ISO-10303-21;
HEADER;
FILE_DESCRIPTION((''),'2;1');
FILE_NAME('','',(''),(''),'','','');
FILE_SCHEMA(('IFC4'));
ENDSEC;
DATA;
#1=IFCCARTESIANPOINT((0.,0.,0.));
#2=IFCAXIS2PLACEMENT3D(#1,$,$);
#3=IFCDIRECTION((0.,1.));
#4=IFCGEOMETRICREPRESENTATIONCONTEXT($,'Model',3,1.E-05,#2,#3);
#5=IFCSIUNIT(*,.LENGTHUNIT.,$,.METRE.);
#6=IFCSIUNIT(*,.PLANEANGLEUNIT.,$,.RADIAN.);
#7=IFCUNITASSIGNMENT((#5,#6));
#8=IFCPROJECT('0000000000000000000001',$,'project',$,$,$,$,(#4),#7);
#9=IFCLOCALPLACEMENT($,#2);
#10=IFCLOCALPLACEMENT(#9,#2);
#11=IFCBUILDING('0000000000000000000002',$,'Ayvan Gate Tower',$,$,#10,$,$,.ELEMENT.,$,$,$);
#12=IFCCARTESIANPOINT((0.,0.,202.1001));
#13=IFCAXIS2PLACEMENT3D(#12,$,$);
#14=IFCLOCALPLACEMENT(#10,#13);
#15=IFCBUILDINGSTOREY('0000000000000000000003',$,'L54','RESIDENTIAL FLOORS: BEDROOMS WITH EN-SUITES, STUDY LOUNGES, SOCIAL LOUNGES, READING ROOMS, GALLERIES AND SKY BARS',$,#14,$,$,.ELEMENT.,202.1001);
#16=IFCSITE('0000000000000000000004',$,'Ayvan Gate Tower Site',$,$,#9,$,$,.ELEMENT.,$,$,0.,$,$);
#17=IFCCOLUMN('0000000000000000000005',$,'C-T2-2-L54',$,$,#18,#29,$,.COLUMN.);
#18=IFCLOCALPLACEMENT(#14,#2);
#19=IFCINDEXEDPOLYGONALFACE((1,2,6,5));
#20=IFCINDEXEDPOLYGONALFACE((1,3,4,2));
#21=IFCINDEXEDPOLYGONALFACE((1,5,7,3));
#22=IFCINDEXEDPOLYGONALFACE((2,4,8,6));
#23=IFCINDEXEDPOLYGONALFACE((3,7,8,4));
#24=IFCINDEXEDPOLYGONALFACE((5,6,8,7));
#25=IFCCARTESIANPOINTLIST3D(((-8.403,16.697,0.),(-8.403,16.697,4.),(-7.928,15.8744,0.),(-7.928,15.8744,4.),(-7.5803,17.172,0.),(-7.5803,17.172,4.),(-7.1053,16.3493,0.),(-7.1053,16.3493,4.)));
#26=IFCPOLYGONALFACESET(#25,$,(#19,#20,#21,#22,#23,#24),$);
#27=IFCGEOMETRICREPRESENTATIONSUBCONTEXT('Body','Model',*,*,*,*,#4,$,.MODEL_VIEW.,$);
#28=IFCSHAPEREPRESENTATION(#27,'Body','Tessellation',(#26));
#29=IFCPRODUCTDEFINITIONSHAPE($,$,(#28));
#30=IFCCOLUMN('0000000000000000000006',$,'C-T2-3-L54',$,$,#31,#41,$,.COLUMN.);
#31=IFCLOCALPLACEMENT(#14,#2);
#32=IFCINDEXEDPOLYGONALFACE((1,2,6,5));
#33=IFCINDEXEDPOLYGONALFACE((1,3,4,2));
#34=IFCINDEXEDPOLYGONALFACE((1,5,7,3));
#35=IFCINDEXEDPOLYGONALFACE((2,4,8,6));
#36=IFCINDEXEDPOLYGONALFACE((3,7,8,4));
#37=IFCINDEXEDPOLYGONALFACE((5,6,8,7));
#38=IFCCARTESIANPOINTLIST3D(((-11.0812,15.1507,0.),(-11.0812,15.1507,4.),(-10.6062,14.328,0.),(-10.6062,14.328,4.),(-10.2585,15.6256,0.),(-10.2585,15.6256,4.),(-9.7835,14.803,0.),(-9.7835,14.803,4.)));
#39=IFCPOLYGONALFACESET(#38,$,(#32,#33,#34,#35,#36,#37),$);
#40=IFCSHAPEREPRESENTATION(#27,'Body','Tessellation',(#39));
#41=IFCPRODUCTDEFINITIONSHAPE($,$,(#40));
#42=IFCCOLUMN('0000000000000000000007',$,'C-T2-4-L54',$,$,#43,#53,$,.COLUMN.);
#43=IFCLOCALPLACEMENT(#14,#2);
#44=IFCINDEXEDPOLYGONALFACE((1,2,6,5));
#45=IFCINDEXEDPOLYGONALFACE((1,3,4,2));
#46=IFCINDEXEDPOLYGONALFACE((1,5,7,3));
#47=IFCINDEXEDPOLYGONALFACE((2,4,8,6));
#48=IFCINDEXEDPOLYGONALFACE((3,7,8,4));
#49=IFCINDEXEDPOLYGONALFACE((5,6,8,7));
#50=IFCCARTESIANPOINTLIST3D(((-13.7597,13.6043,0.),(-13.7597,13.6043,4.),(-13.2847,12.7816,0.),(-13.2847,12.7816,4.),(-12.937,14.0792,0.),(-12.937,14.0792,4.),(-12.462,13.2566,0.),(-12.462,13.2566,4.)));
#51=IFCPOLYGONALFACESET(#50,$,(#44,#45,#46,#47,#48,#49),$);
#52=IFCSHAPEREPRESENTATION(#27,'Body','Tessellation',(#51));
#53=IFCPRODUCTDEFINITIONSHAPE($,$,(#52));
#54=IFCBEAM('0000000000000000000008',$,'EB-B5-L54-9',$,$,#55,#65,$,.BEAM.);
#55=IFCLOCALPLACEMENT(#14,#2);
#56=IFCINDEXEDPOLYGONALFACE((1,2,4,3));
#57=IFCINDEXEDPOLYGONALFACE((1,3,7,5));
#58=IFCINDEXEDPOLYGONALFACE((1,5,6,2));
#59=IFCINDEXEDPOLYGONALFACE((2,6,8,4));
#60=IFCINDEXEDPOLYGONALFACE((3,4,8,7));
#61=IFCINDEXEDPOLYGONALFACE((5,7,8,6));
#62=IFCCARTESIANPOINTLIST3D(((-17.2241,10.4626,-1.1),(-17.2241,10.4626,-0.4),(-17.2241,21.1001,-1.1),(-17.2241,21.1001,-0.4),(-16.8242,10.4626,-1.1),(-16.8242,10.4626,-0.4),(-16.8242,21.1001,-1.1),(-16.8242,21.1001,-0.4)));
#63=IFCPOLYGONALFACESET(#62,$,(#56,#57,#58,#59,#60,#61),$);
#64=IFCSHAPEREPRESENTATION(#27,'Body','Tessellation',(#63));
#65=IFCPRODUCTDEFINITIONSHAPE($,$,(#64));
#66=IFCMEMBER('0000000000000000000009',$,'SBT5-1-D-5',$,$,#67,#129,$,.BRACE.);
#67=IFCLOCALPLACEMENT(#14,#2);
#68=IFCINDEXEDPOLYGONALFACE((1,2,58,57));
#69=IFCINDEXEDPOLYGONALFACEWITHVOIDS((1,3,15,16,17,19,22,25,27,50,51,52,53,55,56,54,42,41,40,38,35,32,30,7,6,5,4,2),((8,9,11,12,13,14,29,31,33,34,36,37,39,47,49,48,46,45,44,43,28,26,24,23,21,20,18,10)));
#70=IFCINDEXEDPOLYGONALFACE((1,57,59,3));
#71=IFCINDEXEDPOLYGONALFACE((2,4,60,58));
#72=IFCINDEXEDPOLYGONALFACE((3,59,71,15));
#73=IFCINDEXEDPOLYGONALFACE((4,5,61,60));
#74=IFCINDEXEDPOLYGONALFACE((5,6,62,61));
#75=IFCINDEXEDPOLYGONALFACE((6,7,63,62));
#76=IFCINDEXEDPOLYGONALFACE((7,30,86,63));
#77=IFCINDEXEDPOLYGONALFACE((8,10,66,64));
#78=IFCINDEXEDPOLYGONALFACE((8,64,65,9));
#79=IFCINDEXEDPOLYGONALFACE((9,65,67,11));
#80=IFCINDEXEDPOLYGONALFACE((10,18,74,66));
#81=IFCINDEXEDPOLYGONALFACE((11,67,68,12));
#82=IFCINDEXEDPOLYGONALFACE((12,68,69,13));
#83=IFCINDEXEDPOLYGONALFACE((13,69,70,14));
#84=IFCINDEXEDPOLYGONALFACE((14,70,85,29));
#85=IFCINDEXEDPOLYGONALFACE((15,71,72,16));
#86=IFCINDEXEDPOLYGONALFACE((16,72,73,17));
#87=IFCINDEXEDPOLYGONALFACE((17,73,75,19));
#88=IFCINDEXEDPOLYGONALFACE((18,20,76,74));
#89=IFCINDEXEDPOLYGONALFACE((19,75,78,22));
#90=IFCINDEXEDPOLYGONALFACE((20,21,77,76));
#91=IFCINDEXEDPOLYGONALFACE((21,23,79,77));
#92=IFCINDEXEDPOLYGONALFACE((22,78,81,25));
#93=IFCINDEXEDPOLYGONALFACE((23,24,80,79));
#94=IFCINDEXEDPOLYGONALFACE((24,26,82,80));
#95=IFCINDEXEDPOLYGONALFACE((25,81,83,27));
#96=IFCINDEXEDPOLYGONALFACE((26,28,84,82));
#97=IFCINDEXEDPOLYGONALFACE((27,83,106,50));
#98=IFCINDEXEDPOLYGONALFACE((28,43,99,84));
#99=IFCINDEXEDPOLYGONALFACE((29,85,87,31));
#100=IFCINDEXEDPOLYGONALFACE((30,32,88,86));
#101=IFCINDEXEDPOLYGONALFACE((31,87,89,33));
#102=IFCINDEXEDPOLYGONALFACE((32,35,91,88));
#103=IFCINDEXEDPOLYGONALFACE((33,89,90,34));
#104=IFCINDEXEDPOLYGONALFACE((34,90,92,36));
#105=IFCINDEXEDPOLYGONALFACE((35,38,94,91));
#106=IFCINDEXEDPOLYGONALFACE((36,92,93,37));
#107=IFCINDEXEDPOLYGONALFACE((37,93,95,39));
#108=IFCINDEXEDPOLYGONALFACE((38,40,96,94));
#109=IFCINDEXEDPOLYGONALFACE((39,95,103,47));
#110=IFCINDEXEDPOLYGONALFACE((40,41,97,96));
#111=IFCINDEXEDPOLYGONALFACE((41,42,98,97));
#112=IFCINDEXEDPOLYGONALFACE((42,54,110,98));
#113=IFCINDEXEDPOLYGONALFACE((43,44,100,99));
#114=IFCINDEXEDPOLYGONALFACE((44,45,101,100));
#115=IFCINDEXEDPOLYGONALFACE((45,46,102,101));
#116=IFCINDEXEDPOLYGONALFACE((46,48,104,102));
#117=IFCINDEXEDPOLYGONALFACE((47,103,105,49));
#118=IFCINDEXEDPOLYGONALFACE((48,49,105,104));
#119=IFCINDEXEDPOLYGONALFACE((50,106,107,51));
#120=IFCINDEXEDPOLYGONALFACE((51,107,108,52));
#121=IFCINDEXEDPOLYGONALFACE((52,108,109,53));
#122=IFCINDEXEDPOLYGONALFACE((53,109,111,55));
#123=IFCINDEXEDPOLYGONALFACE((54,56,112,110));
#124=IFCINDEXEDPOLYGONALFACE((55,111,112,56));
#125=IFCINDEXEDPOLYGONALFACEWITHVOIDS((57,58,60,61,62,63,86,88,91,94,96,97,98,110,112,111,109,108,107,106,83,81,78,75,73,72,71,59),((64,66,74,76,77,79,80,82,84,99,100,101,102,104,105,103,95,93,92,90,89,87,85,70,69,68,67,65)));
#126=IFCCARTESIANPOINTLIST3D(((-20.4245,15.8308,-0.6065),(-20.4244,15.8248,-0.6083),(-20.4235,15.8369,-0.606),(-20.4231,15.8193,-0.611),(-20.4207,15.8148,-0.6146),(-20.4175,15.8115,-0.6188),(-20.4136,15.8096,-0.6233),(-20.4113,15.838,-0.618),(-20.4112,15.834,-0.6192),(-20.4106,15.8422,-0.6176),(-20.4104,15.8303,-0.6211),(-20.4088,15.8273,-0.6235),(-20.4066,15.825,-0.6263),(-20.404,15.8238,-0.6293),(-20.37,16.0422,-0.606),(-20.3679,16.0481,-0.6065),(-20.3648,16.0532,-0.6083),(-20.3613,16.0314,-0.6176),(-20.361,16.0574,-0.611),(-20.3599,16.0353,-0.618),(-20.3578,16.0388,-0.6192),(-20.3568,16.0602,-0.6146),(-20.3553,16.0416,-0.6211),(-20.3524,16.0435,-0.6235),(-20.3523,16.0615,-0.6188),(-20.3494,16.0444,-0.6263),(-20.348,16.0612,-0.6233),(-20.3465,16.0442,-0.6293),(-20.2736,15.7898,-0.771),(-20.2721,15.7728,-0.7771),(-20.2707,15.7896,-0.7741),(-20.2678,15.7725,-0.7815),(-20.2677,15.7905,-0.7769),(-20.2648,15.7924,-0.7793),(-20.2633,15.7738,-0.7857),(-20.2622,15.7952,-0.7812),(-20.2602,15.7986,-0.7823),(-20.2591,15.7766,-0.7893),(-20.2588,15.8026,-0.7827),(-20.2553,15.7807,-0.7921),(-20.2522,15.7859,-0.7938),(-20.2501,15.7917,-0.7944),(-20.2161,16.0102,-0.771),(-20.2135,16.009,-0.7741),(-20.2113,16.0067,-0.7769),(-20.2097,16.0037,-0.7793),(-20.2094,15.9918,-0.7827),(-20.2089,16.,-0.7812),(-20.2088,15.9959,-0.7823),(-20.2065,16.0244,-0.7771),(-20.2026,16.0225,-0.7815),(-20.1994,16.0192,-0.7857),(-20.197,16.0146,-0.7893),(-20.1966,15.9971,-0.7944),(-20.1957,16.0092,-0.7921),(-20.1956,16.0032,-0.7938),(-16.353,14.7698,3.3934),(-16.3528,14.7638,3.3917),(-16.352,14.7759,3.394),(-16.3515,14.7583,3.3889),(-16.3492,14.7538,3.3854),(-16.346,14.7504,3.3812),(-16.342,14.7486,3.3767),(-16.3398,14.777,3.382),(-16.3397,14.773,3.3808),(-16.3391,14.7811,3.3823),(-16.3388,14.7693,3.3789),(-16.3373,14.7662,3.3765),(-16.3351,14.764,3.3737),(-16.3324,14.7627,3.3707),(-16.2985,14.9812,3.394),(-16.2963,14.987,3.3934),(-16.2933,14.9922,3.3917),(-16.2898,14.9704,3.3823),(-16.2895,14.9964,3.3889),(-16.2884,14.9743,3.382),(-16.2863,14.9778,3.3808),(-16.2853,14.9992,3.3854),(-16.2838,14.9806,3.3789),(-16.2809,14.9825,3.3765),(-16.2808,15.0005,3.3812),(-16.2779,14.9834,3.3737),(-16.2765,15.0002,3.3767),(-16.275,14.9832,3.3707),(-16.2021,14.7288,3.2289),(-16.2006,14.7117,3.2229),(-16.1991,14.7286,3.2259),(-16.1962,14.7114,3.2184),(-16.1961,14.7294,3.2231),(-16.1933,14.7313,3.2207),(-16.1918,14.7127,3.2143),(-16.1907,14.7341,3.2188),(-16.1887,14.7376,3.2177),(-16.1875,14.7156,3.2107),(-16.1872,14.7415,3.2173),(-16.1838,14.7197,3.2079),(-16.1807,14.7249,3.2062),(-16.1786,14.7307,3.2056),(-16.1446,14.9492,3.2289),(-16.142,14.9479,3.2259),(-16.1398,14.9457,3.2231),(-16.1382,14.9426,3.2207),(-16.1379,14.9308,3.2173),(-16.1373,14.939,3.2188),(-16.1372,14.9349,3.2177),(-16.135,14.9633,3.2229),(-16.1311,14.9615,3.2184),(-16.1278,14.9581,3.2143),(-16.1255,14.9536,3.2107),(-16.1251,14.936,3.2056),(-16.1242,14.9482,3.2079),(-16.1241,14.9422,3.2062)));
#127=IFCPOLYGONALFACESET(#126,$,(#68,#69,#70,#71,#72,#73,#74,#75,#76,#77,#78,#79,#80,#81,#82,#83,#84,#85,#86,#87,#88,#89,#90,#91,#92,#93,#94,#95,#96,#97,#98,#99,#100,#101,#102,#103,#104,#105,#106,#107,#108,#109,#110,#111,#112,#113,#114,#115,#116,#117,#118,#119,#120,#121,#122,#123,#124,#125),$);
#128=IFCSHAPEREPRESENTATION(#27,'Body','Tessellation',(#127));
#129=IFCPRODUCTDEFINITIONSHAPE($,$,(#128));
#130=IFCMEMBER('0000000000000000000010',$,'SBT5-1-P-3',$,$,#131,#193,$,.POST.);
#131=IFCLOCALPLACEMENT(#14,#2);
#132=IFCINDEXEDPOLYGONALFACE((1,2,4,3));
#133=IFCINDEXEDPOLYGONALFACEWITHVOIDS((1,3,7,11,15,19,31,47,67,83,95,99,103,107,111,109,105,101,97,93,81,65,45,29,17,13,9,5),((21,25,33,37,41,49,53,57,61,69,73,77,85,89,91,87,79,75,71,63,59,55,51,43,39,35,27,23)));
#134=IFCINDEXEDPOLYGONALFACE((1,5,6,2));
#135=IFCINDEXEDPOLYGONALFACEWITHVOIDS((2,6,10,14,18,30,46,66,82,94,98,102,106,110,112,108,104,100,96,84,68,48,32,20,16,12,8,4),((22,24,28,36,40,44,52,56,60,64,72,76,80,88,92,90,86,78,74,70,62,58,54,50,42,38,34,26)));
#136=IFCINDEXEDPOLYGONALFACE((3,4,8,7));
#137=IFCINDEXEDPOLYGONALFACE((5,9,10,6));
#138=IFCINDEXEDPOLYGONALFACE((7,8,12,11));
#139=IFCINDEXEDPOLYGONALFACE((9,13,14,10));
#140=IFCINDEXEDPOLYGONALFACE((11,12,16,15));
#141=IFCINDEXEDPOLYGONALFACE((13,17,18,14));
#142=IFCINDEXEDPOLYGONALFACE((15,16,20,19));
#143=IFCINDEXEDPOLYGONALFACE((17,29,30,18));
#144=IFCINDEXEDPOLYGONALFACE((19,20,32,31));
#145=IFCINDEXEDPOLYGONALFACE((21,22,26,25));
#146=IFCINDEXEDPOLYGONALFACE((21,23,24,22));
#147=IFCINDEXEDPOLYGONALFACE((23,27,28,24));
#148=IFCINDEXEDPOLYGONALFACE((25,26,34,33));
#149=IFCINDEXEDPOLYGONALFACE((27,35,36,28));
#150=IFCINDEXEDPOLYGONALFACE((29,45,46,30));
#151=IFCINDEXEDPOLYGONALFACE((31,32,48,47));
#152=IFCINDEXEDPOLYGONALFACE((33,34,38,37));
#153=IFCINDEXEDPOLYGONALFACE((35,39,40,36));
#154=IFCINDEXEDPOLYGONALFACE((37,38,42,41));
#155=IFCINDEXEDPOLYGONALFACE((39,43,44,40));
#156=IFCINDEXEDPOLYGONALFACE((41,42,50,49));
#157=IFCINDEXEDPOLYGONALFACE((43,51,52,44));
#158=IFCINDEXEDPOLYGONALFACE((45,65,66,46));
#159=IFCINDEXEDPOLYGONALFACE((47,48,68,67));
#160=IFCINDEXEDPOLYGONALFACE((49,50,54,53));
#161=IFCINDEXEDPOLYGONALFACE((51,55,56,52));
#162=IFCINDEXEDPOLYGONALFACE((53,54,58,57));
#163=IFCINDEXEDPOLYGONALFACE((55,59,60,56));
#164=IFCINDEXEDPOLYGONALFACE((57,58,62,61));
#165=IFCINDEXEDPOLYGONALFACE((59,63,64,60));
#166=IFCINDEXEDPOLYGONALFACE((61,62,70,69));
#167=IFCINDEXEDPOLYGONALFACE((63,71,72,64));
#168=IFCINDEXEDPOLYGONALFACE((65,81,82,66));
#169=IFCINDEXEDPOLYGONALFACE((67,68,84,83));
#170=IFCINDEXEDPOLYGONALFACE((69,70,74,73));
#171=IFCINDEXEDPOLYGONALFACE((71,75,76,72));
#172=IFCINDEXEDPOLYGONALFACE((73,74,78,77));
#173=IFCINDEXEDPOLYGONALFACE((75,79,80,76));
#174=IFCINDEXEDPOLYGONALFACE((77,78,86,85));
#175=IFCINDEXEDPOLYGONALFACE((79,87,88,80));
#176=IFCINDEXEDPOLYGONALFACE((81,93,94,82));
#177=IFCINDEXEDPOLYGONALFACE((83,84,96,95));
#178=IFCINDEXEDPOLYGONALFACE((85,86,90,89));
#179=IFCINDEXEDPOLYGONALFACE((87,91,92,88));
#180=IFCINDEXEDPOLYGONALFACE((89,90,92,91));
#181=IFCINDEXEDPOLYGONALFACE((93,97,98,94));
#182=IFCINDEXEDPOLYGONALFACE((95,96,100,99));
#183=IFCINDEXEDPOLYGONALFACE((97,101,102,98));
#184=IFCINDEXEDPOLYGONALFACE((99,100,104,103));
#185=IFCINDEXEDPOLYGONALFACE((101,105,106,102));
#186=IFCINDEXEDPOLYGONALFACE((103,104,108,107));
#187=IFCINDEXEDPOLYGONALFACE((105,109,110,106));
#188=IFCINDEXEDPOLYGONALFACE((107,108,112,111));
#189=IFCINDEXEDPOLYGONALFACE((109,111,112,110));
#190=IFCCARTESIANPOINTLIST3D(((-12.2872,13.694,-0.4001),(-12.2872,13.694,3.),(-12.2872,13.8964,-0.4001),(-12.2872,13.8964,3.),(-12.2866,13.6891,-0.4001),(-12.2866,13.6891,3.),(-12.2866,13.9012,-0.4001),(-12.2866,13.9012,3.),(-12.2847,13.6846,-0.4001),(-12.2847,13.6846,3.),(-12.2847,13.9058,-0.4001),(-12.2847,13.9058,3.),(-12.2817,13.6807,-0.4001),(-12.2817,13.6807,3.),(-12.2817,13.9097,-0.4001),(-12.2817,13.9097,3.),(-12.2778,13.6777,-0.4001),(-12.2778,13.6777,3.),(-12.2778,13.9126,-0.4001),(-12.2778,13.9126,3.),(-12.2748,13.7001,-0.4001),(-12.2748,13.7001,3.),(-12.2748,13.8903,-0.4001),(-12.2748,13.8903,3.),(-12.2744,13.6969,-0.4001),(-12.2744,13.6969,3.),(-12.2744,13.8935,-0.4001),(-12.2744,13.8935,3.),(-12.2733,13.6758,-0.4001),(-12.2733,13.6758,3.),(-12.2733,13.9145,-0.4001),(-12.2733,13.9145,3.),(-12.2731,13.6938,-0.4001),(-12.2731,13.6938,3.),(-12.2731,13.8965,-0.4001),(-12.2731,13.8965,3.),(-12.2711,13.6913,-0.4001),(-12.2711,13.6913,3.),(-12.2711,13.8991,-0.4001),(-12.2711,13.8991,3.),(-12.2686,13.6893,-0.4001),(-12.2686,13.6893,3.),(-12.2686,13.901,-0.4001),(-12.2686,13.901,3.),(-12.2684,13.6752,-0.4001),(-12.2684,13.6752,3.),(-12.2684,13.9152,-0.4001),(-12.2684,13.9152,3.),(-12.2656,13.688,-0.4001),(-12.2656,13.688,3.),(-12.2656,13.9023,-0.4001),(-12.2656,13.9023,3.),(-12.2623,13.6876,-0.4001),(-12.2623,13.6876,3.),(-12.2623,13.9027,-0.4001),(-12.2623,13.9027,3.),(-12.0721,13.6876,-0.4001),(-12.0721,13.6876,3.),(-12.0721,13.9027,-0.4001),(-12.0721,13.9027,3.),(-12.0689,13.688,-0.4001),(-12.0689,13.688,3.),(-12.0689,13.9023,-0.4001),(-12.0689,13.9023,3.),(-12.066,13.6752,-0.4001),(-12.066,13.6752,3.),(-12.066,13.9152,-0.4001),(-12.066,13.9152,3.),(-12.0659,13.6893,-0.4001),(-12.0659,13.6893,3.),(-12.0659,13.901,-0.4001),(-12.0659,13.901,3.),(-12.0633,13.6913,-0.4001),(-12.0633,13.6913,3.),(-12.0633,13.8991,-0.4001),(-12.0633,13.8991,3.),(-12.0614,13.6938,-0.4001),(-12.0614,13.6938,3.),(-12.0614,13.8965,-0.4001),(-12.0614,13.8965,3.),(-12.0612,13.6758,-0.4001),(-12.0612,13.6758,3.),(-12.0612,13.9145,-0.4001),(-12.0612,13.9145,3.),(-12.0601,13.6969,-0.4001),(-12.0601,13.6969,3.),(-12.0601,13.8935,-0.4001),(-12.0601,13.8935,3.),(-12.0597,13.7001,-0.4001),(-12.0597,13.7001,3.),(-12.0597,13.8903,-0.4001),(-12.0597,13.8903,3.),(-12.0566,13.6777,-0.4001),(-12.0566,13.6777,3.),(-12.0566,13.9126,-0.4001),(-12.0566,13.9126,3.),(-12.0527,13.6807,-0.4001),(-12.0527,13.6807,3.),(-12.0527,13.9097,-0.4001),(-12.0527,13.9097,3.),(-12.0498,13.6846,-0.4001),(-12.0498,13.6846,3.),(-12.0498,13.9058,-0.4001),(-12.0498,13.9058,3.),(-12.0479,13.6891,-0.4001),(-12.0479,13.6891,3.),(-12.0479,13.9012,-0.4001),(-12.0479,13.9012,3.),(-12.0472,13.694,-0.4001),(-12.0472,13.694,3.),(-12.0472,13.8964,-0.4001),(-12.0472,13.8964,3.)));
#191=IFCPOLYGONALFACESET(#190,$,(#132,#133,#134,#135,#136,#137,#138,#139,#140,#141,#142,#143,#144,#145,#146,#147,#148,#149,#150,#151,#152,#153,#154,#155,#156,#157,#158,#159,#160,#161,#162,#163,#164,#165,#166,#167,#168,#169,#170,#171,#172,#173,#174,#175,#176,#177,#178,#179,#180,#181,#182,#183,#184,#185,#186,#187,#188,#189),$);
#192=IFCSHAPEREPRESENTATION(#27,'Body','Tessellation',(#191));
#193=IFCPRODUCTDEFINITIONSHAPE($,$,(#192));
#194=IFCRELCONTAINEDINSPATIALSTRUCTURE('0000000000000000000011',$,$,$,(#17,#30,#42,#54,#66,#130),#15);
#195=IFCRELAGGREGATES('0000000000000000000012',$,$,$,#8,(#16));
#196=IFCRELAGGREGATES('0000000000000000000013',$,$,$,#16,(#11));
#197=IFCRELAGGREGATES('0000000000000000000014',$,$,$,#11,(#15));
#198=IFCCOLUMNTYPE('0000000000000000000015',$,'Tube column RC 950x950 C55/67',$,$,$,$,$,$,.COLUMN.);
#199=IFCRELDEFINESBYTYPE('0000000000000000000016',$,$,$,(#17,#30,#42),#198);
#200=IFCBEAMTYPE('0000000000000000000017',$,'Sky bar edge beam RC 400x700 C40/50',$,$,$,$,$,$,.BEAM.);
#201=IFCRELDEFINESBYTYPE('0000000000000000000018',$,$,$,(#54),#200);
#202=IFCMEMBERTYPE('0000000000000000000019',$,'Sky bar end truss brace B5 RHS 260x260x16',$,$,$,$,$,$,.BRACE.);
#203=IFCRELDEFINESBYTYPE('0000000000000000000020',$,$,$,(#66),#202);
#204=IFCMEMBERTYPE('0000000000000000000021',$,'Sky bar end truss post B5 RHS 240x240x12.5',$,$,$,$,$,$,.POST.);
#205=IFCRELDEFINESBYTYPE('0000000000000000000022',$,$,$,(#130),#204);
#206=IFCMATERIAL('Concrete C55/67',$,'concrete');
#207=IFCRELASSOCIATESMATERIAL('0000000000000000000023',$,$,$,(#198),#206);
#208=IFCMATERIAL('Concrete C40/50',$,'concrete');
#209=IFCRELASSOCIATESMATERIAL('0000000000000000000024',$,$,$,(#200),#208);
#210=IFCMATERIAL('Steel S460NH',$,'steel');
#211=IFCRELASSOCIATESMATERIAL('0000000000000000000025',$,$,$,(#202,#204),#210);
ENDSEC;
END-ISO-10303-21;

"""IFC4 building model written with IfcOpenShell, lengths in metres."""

from ifc_helpers import new_model, si_unit, direction, frame, origin, origin_2d, place, context, subcontext, project, spatial, rectangle, hollow_rectangle, extrude, material, material_profile, profile_set, type_object, element, save


model = new_model("IFC4")

# Units and contexts
model_context = context("Model", 3, precision=1e-05, world=origin(), true_north=direction((0.0, 1.0)))
body_context = subcontext(model_context, "Body", "Model", "MODEL_VIEW")
ifc_project = project(units=[si_unit("LENGTHUNIT", "METRE"), si_unit("PLANEANGLEUNIT", "RADIAN")], contexts=[model_context])

# Site, building, storey
site_placement = place(None, origin())
site = spatial("IfcSite", under=ifc_project, at=site_placement, Name="Ayvan Gate Tower Site", CompositionType="ELEMENT", RefElevation=0.0)
building_placement = place(site_placement, origin())
building = spatial("IfcBuilding", under=site, at=building_placement, Name="Ayvan Gate Tower", CompositionType="ELEMENT")
storey_placement = place(building_placement, frame((0.0, 0.0, 202.1001)))
storey = spatial("IfcBuildingStorey", under=building, at=storey_placement, Name="L54", Description="RESIDENTIAL FLOORS: BEDROOMS WITH EN-SUITES, STUDY LOUNGES, SOCIAL LOUNGES, READING ROOMS, GALLERIES AND SKY BARS", CompositionType="ELEMENT", Elevation=202.1001)

# Columns
ifc_material_1 = material(Name="Concrete C55/67", Category="concrete")
ifc_material_profile_1 = material_profile(ifc_material_1, rectangle(XDim=0.95, YDim=0.95, at=origin_2d()), Name="RC 950x950")
ifc_profile_set_1 = profile_set([ifc_material_profile_1], Name="Concrete C55/67")
column_type = type_object("IfcColumnType", Name="Tube column RC 950x950 C55/67", PredefinedType="COLUMN", material=ifc_profile_set_1)
for number, where, z_axis, x_axis, name in (
    (1, (-7.7542, 16.5232, 0.0), (0.0, 0.0, 1.0), (-0.5, 0.866025, 0.0), "C-T2-2-L54"),
    (2, (-10.4324, 14.9768, 0.0), (0.0, 0.0, 1.0), (-0.5, 0.866025, 0.0), "C-T2-3-L54"),
    (3, (-13.1108, 13.4304, 0.0), (0.0, 0.0, 1.0), (-0.5, 0.866025, 0.0), "C-T2-4-L54"),
):
    element("IfcColumn", number, at=place(storey_placement, frame(where, z_axis=z_axis, x_axis=x_axis)), inside=storey, type_object=column_type, Name=name, PredefinedType="COLUMN", context=body_context, shape_type="SweptSolid", body=[
        extrude(rectangle(XDim=0.95, YDim=0.95, at=origin_2d()), origin(), (0.0, 0.0, 1.0), 4.0),
    ])

# Beam
ifc_material_2 = material(Name="Concrete C40/50", Category="concrete")
ifc_material_profile_2 = material_profile(ifc_material_2, rectangle(XDim=0.3999, YDim=0.7, at=origin_2d()), Name="RC 400x700")
ifc_profile_set_2 = profile_set([ifc_material_profile_2], Name="Concrete C40/50")
beam_type_1 = type_object("IfcBeamType", Name="Sky bar edge beam RC 400x700 C40/50", PredefinedType="BEAM", material=ifc_profile_set_2)
beam_1_placement = place(storey_placement, frame((-17.0242, 21.1001, -0.75), z_axis=(0.0, -1.0, 0.0), x_axis=(1.0, 0.0, 0.0)))
element("IfcBeam", 4, at=beam_1_placement, inside=storey, type_object=beam_type_1, Name="EB-B5-L54-9", PredefinedType="BEAM", context=body_context, shape_type="SweptSolid", body=[
    extrude(rectangle(XDim=0.3999, YDim=0.7, at=origin_2d()), origin(), (0.0, 0.0, 1.0), 10.6375),
])

# Members
ifc_material_3 = material(Name="Steel S460NH", Category="steel")
ifc_material_profile_3 = material_profile(ifc_material_3, hollow_rectangle(XDim=0.26, YDim=0.26, WallThickness=0.0161, InnerFilletRadius=0.0161, OuterFilletRadius=0.0239, at=origin_2d()), Name="RHS 260x260x16")
ifc_profile_set_3 = profile_set([ifc_material_profile_3], Name="Steel S460NH")
member_type_1 = type_object("IfcMemberType", Name="Sky bar end truss brace B5 RHS 260x260x16", PredefinedType="BRACE", material=ifc_profile_set_3)
member_1_placement = place(storey_placement, frame((-16.2385, 14.856, 3.2998), z_axis=(-0.70133, 0.182766, -0.689008), x_axis=(-0.252176, -0.967681, 0.0)))
element("IfcMember", 5, at=member_1_placement, inside=storey, type_object=member_type_1, Name="SBT5-1-D-5", PredefinedType="BRACE", context=body_context, shape_type="SweptSolid", body=[
    extrude(hollow_rectangle(XDim=0.26, YDim=0.26, WallThickness=0.0161, InnerFilletRadius=0.0161, OuterFilletRadius=0.0239, at=origin_2d()), origin(), (0.0, 0.0, 1.0), 5.8054),
])
ifc_material_profile_4 = material_profile(ifc_material_3, hollow_rectangle(XDim=0.24, YDim=0.24, WallThickness=0.0125, InnerFilletRadius=0.0125, OuterFilletRadius=0.0188, at=origin_2d()), Name="RHS 240x240x12.5")
ifc_profile_set_4 = profile_set([ifc_material_profile_4], Name="Steel S460NH")
member_type_2 = type_object("IfcMemberType", Name="Sky bar end truss post B5 RHS 240x240x12.5", PredefinedType="POST", material=ifc_profile_set_4)
for number, where, z_axis, x_axis, name in (
    (6, (-12.1672, 13.7952, -0.4001), (0.0, 0.0, 1.0), (1.0, 0.0, 0.0), "SBT5-1-P-3"),
):
    element("IfcMember", number, at=place(storey_placement, frame(where, z_axis=z_axis, x_axis=x_axis)), inside=storey, type_object=member_type_2, Name=name, PredefinedType="POST", context=body_context, shape_type="SweptSolid", body=[
        extrude(hollow_rectangle(XDim=0.24, YDim=0.24, WallThickness=0.0125, InnerFilletRadius=0.0125, OuterFilletRadius=0.0188, at=origin_2d()), origin(), (0.0, 0.0, 1.0), 3.4001),
    ])

save(model, "model.ifc")
